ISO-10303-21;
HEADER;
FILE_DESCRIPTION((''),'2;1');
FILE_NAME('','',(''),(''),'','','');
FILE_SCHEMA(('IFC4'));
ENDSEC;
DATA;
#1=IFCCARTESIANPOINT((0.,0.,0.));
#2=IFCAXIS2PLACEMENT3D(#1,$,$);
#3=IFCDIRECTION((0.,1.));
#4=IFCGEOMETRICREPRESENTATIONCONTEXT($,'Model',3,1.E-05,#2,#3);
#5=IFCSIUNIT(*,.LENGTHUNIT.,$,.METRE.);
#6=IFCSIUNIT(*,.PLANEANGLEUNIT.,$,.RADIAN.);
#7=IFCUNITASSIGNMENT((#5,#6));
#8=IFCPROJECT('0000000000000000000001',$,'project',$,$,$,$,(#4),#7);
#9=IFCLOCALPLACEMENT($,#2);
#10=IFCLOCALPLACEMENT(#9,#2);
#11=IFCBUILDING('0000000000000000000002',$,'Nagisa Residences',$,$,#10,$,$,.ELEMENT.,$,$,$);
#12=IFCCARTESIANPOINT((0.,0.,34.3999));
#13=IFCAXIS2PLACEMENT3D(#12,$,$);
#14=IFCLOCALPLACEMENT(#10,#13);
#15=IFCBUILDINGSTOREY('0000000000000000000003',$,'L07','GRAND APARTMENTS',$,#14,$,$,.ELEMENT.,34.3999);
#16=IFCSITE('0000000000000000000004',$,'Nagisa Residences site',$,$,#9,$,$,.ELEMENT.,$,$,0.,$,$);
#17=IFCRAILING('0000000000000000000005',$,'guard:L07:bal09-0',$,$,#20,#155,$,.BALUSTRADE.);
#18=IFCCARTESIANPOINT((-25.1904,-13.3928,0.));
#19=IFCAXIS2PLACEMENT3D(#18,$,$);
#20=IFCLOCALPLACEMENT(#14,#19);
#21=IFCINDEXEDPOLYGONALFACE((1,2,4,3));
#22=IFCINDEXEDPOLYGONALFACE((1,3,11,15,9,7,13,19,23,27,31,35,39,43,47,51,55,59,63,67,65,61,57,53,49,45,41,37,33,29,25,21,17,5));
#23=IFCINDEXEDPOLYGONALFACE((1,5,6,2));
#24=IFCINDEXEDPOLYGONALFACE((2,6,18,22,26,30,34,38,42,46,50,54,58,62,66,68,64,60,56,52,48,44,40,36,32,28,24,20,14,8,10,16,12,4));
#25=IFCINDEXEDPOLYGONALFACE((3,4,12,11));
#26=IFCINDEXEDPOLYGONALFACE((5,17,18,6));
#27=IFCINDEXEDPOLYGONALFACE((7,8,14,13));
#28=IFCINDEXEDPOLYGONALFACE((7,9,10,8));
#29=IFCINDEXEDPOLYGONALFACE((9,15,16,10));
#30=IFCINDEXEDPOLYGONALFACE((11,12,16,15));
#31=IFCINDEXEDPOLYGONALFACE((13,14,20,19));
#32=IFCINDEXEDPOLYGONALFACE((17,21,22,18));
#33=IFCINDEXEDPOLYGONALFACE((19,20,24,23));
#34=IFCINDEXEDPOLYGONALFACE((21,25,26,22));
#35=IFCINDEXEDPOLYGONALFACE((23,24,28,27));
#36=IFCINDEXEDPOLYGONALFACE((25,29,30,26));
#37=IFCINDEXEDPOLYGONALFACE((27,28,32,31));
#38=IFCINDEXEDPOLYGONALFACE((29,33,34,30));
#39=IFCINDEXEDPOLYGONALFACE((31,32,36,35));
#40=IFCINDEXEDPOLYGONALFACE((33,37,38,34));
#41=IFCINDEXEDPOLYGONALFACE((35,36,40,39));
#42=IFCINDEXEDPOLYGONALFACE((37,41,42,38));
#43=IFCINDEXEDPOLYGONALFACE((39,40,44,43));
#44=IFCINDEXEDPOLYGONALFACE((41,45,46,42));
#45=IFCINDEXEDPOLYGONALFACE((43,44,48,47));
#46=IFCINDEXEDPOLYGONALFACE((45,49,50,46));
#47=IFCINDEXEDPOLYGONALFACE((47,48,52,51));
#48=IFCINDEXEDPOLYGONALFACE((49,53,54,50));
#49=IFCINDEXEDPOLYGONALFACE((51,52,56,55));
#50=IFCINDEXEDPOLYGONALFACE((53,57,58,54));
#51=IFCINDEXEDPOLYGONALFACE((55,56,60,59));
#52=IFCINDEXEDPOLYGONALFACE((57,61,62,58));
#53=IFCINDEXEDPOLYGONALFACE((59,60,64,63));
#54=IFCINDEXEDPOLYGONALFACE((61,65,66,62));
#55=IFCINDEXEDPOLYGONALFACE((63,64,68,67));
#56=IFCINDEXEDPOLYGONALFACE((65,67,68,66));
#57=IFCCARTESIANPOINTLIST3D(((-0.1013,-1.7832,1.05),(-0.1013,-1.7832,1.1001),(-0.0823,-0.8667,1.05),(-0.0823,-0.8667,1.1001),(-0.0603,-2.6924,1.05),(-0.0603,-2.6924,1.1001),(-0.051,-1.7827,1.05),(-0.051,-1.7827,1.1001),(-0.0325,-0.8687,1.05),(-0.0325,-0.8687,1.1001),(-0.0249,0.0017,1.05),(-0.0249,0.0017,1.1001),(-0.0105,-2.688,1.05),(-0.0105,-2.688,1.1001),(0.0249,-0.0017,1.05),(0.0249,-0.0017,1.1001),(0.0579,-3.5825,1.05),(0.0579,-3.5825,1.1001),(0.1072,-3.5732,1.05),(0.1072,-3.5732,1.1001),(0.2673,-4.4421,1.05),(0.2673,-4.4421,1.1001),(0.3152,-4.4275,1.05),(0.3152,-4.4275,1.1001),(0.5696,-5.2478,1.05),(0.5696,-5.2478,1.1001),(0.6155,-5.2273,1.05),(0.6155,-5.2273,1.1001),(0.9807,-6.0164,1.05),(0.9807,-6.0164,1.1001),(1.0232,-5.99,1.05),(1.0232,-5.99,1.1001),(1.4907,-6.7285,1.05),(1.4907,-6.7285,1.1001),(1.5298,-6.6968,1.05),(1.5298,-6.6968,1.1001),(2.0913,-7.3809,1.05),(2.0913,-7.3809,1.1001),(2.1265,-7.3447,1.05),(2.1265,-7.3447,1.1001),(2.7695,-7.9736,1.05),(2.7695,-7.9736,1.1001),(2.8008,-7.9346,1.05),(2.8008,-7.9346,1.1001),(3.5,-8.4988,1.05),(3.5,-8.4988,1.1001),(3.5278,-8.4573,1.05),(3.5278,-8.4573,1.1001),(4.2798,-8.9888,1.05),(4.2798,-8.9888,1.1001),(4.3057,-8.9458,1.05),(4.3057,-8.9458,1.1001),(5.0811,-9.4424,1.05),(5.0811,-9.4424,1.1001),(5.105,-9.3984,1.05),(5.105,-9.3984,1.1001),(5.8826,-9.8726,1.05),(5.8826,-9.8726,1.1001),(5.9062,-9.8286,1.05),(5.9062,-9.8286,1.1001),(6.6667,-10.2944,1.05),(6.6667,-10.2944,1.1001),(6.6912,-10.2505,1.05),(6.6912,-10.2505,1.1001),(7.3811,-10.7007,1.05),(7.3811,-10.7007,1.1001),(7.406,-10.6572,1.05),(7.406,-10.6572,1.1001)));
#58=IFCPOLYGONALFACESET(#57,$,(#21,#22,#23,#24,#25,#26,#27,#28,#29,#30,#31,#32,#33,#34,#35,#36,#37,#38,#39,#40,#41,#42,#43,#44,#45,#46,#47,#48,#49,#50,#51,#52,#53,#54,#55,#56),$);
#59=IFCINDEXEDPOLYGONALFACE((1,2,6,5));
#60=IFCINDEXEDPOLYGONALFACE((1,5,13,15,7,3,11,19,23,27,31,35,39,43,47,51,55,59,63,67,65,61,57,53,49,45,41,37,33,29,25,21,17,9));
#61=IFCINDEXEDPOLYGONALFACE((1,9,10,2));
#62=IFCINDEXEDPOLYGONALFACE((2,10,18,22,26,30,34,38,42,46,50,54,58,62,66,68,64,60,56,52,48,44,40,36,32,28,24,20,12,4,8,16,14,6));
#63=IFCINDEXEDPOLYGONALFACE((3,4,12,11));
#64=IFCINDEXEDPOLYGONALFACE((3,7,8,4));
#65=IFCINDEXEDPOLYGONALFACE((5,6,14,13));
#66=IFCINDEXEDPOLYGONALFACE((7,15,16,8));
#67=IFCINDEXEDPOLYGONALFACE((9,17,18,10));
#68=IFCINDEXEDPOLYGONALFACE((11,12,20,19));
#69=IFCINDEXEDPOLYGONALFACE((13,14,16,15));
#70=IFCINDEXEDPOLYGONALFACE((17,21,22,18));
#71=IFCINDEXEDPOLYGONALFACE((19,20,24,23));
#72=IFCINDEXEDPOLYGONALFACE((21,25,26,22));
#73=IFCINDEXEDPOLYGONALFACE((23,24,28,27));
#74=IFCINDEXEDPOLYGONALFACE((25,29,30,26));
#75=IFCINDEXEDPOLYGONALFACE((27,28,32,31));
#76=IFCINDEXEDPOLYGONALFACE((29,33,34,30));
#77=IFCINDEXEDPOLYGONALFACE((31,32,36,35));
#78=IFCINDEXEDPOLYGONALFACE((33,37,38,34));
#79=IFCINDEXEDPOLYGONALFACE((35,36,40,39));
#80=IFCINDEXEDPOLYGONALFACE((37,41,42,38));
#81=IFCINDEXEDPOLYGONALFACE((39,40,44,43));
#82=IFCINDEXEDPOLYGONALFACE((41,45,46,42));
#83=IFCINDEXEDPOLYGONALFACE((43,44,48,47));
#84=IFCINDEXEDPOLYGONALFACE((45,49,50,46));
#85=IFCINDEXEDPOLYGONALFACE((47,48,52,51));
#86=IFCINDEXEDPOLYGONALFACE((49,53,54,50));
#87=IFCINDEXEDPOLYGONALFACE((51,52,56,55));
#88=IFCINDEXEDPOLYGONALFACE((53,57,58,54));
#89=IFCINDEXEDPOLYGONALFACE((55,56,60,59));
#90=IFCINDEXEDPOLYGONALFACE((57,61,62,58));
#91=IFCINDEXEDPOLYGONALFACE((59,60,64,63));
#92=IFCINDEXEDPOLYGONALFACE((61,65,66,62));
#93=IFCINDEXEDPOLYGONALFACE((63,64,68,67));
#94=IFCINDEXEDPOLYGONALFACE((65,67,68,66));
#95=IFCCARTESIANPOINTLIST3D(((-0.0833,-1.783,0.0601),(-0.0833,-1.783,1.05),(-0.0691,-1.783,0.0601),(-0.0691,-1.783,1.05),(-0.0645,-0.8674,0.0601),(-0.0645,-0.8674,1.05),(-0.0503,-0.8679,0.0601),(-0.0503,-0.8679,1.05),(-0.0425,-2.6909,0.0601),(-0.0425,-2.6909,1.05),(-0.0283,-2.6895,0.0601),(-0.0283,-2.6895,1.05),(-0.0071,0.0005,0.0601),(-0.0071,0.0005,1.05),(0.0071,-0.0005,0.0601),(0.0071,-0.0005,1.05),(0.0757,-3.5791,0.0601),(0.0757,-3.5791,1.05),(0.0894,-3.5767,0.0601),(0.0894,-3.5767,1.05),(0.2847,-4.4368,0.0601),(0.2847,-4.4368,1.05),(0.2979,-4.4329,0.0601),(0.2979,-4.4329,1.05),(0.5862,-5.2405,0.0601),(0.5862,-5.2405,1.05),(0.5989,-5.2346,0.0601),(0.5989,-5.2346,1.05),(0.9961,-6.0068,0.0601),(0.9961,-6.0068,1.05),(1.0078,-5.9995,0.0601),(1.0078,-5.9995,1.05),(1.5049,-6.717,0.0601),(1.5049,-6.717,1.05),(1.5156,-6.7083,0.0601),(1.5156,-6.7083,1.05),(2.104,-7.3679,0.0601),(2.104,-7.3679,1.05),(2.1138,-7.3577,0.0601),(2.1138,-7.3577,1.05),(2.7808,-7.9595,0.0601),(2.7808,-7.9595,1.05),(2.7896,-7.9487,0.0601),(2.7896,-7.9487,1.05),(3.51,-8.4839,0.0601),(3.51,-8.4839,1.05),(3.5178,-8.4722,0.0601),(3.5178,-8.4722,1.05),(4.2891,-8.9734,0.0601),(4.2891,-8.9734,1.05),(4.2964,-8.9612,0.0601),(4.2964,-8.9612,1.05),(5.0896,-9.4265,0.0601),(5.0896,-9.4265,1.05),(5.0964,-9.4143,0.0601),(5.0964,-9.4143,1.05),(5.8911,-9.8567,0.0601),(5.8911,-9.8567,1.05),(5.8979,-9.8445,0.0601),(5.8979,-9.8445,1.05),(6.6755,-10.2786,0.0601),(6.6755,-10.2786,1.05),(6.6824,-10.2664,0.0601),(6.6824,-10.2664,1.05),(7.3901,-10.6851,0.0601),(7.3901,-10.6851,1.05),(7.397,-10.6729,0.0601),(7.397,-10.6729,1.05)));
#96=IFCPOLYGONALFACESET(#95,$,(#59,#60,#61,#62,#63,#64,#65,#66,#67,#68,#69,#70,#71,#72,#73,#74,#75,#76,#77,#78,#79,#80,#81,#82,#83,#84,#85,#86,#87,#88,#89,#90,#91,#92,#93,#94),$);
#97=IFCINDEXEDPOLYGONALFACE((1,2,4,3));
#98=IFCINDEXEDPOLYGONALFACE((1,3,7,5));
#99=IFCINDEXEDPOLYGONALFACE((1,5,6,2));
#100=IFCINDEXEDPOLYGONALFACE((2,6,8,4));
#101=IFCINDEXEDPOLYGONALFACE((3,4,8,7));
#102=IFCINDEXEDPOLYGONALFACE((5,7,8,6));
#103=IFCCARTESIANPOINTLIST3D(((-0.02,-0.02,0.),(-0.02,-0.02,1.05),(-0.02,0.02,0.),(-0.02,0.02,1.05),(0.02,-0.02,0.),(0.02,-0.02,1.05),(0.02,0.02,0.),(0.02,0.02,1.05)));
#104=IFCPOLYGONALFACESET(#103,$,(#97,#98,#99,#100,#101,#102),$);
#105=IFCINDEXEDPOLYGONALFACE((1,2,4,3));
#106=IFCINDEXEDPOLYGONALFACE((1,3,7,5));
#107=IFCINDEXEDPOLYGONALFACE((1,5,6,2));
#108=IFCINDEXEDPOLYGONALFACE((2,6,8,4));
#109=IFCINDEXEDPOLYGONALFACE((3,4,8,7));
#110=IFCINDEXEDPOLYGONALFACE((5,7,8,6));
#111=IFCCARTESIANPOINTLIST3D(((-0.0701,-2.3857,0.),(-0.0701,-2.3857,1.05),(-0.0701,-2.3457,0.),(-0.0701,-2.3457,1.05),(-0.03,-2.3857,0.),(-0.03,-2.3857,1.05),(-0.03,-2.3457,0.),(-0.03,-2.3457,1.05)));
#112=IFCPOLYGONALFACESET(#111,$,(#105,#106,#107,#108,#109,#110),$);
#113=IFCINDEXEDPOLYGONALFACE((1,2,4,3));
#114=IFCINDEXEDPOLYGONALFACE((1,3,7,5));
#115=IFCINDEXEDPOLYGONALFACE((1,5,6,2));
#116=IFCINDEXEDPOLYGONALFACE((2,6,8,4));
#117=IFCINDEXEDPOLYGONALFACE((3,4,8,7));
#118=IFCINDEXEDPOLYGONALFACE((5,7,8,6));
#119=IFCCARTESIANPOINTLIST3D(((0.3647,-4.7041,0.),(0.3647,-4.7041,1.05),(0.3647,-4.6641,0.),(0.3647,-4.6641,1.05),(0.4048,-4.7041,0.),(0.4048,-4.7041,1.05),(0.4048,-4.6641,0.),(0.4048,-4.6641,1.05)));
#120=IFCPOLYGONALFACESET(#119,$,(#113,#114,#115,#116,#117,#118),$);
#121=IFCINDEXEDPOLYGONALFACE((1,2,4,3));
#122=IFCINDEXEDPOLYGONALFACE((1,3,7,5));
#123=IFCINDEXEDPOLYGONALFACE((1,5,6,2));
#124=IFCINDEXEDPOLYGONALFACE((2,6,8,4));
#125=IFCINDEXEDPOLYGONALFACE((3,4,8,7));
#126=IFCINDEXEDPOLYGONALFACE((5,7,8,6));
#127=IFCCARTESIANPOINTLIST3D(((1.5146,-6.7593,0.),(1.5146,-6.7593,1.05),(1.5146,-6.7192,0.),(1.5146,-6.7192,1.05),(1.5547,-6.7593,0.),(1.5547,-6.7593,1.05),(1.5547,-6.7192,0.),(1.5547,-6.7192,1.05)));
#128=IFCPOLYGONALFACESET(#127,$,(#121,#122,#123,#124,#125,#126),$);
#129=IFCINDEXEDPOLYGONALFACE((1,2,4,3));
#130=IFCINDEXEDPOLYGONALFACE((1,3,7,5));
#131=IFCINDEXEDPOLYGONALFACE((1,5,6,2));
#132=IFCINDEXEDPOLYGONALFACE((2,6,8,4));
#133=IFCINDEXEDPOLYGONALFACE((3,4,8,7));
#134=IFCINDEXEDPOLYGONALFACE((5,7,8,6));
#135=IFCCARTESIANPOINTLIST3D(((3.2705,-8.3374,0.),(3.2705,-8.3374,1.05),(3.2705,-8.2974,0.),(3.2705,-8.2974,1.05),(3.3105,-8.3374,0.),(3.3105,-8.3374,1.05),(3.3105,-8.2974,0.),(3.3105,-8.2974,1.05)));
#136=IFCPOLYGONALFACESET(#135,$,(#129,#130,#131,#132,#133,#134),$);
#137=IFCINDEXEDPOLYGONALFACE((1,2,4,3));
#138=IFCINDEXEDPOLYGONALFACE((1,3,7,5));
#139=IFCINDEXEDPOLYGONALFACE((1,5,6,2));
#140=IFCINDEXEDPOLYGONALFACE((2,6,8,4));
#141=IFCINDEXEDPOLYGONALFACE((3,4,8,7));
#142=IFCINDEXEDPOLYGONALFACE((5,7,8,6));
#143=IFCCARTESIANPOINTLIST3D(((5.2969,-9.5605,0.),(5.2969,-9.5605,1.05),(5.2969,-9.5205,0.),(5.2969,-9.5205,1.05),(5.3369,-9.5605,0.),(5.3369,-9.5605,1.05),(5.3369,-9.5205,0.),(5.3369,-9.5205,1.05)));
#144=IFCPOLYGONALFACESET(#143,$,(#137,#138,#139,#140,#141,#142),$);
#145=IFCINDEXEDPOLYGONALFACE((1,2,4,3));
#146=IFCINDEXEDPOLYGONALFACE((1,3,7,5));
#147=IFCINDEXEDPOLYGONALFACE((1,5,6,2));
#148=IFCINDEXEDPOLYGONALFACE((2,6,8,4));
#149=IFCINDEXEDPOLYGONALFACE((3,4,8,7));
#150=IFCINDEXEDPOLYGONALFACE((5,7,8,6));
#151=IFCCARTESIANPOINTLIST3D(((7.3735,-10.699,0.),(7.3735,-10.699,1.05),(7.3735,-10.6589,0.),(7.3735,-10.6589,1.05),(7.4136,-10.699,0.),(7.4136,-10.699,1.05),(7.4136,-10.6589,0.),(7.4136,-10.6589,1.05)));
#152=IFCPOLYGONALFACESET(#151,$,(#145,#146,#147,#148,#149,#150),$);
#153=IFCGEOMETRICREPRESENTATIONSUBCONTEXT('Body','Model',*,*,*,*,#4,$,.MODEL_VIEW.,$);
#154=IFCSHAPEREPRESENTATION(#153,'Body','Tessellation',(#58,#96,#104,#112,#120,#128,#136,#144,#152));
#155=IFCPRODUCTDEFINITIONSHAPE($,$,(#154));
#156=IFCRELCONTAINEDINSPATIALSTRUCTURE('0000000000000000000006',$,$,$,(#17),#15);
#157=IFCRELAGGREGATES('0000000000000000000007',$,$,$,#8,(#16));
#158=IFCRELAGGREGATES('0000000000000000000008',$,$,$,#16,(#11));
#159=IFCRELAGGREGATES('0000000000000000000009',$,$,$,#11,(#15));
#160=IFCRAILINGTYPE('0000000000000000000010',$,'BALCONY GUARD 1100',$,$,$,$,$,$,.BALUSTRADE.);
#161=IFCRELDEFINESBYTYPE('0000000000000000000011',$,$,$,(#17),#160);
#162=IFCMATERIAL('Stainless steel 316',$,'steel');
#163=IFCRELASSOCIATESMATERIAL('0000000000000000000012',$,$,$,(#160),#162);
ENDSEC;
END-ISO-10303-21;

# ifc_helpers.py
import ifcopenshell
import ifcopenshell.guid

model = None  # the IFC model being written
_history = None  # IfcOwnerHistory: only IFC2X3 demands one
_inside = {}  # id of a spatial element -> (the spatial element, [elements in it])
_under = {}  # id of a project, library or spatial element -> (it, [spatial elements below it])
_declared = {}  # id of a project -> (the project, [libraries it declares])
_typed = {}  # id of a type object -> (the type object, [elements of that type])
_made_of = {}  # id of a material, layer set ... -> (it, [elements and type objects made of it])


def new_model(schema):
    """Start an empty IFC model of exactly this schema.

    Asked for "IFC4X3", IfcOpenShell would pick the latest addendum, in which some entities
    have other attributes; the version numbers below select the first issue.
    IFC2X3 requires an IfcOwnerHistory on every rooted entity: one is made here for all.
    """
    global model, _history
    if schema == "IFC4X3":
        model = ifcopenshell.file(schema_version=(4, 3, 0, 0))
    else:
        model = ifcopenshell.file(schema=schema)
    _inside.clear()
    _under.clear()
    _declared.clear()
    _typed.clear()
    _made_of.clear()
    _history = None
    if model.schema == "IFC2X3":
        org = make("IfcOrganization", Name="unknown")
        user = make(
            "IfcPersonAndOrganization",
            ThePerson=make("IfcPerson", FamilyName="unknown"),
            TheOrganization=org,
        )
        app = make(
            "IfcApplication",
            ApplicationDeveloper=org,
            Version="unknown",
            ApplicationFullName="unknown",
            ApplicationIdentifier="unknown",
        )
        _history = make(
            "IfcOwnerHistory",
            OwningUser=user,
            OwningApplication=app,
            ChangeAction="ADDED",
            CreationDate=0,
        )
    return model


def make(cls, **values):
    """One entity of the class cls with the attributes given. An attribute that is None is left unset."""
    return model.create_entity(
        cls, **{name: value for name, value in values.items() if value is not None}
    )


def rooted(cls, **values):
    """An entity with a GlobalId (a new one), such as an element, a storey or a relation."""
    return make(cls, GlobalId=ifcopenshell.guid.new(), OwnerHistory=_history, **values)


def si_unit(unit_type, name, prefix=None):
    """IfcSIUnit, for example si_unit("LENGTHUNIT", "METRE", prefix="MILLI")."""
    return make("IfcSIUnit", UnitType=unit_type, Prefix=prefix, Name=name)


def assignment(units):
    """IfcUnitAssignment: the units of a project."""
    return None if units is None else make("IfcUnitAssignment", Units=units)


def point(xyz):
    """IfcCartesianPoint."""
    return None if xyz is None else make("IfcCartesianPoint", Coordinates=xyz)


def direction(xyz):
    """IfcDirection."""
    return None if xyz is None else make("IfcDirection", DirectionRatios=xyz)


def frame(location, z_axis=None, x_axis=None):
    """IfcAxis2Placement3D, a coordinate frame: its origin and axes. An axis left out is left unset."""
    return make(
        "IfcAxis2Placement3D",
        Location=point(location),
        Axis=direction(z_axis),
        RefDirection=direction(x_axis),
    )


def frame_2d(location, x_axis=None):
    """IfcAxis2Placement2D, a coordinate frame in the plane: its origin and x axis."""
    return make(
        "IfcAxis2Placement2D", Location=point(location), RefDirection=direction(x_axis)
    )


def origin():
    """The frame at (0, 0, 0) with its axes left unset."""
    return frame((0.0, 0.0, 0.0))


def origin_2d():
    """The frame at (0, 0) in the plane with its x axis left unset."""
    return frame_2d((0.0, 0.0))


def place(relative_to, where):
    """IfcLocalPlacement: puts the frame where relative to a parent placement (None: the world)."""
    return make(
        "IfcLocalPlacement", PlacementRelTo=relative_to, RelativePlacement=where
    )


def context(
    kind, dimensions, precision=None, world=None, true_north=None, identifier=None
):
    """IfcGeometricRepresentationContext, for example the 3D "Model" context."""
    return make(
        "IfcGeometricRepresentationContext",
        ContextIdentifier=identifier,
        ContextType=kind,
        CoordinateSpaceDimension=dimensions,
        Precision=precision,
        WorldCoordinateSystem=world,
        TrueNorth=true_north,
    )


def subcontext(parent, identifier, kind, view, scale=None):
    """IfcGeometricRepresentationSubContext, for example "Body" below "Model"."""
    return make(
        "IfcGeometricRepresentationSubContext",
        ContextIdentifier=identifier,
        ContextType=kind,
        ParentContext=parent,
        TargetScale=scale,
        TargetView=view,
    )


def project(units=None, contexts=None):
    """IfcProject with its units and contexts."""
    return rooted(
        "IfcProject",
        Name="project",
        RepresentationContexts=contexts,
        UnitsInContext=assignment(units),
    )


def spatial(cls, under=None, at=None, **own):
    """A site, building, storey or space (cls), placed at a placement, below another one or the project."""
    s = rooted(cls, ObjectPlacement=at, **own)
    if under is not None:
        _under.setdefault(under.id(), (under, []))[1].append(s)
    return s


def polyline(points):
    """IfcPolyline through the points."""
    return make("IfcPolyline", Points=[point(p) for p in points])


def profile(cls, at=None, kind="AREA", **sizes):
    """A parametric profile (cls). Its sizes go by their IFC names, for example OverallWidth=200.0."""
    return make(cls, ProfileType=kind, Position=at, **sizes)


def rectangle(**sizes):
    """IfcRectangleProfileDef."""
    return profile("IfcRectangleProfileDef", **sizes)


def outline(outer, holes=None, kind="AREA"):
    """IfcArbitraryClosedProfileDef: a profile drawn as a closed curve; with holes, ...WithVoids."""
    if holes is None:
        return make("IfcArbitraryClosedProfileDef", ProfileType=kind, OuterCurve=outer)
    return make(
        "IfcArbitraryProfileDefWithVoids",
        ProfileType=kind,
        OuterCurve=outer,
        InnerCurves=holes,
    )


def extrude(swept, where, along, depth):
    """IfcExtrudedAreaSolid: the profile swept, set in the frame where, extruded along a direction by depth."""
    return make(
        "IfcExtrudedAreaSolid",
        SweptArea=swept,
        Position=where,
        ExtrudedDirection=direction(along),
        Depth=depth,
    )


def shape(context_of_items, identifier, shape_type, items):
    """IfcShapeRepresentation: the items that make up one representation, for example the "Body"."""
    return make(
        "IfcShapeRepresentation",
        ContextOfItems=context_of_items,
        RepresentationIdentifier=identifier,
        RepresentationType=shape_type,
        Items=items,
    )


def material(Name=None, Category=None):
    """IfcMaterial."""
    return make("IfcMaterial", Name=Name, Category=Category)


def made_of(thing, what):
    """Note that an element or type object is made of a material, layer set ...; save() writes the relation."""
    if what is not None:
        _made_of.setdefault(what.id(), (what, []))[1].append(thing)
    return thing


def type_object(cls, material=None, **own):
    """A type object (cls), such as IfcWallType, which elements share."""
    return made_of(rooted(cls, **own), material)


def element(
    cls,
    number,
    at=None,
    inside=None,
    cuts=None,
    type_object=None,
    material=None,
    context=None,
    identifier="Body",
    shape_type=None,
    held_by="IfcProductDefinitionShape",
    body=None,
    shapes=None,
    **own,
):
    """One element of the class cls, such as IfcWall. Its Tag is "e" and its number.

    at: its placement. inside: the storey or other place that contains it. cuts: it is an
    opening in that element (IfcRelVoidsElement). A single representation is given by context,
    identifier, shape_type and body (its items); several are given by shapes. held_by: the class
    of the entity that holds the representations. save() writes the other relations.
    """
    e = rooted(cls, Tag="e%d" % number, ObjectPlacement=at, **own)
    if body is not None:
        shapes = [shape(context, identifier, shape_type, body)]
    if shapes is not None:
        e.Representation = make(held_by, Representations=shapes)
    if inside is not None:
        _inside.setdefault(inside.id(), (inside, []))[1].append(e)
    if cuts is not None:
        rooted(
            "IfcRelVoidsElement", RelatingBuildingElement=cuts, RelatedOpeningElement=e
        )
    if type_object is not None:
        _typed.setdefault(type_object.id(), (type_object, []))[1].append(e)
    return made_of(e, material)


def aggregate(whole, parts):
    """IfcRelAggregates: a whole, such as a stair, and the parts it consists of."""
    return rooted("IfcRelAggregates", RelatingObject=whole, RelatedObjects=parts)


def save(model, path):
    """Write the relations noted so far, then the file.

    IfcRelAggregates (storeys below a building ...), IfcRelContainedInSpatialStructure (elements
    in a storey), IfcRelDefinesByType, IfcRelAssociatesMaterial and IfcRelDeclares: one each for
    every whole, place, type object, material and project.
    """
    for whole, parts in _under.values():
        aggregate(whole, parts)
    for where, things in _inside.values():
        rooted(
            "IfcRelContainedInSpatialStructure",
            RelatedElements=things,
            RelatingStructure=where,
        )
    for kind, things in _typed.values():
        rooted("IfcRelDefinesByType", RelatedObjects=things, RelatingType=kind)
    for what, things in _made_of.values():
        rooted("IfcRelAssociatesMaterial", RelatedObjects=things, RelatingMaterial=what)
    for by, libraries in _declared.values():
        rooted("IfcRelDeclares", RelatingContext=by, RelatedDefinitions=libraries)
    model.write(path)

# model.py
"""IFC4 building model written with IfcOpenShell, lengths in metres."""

from ifc_helpers import new_model, si_unit, direction, frame, origin, origin_2d, place, context, subcontext, project, spatial, polyline, rectangle, outline, extrude, material, type_object, element, save


model = new_model("IFC4")

# Units and contexts
model_context = context("Model", 3, precision=1e-05, world=origin(), true_north=direction((0.0, 1.0)))
body_context = subcontext(model_context, "Body", "Model", "MODEL_VIEW")
ifc_project = project(units=[si_unit("LENGTHUNIT", "METRE"), si_unit("PLANEANGLEUNIT", "RADIAN")], contexts=[model_context])

# Site, building, storey
site_placement = place(None, origin())
site = spatial("IfcSite", under=ifc_project, at=site_placement, Name="Nagisa Residences site", CompositionType="ELEMENT", RefElevation=0.0)
building_placement = place(site_placement, origin())
building = spatial("IfcBuilding", under=site, at=building_placement, Name="Nagisa Residences", CompositionType="ELEMENT")
storey_placement = place(building_placement, frame((0.0, 0.0, 34.3999)))
storey = spatial("IfcBuildingStorey", under=building, at=storey_placement, Name="L07", Description="GRAND APARTMENTS", CompositionType="ELEMENT", Elevation=34.3999)

# Railing
ifc_material_1 = material(Name="Stainless steel 316", Category="steel")
railing_type = type_object("IfcRailingType", Name="BALCONY GUARD 1100", PredefinedType="BALUSTRADE", material=ifc_material_1)
railing_1_placement = place(storey_placement, frame((-25.1904, -13.3928, 0.0)))
element("IfcRailing", 1, at=railing_1_placement, inside=storey, type_object=railing_type, Name="guard:L07:bal09-0", PredefinedType="BALUSTRADE", context=body_context, shape_type="SweptSolid", body=[
    extrude(outline(polyline([(-0.0325, -0.8687), (0.0249, -0.0017), (-0.0249, 0.0017), (-0.0823, -0.8667), (-0.1013, -1.7832), (-0.0603, -2.6924), (0.0579, -3.5825), (0.2673, -4.4421), (0.5696, -5.2478), (0.9807, -6.0164), (1.4907, -6.7285), (2.0913, -7.3809), (2.7695, -7.9736), (3.5, -8.4988), (4.2798, -8.9888), (5.0811, -9.4424), (5.8826, -9.8726), (6.6667, -10.2944), (7.3811, -10.7007), (7.406, -10.6572), (6.6912, -10.2505), (5.9062, -9.8286), (5.105, -9.3984), (4.3057, -8.9458), (3.5278, -8.4573), (2.8008, -7.9346), (2.1265, -7.3447), (1.5298, -6.6968), (1.0232, -5.99), (0.6155, -5.2273), (0.3152, -4.4275), (0.1072, -3.5732), (-0.0105, -2.688), (-0.051, -1.7827), (-0.0325, -0.8687)])), frame((0.0, 0.0, 1.05)), (0.0, 0.0, 1.0), 0.05),
    extrude(outline(polyline([(-0.0503, -0.8679), (0.0071, -0.0005), (-0.0071, 0.0005), (-0.0645, -0.8674), (-0.0833, -1.783), (-0.0425, -2.6909), (0.0757, -3.5791), (0.2847, -4.4368), (0.5862, -5.2405), (0.9961, -6.0068), (1.5049, -6.717), (2.104, -7.3679), (2.7808, -7.9595), (3.51, -8.4839), (4.2891, -8.9734), (5.0896, -9.4265), (5.8911, -9.8567), (6.6755, -10.2786), (7.3901, -10.6851), (7.397, -10.6729), (6.6824, -10.2664), (5.8979, -9.8445), (5.0964, -9.4143), (4.2964, -8.9612), (3.5178, -8.4722), (2.7896, -7.9487), (2.1138, -7.3577), (1.5156, -6.7083), (1.0078, -5.9995), (0.5989, -5.2346), (0.2979, -4.4329), (0.0894, -3.5767), (-0.0283, -2.6895), (-0.0691, -1.783), (-0.0503, -0.8679)])), frame((0.0, 0.0, 0.0601)), (0.0, 0.0, 1.0), 0.99),
    extrude(rectangle(XDim=0.04, YDim=0.04, at=origin_2d()), origin(), (0.0, 0.0, 1.0), 1.05),
    extrude(rectangle(XDim=0.04, YDim=0.04, at=origin_2d()), frame((-0.05, -2.3657, 0.0)), (0.0, 0.0, 1.0), 1.05),
    extrude(rectangle(XDim=0.04, YDim=0.04, at=origin_2d()), frame((0.3848, -4.6841, 0.0)), (0.0, 0.0, 1.0), 1.05),
    extrude(rectangle(XDim=0.04, YDim=0.04, at=origin_2d()), frame((1.5347, -6.7393, 0.0)), (0.0, 0.0, 1.0), 1.05),
    extrude(rectangle(XDim=0.04, YDim=0.04, at=origin_2d()), frame((3.2905, -8.3174, 0.0)), (0.0, 0.0, 1.0), 1.05),
    extrude(rectangle(XDim=0.04, YDim=0.04, at=origin_2d()), frame((5.3169, -9.5405, 0.0)), (0.0, 0.0, 1.0), 1.05),
    extrude(rectangle(XDim=0.04, YDim=0.04, at=origin_2d()), frame((7.3936, -10.679, 0.0)), (0.0, 0.0, 1.0), 1.05),
])

save(model, "model.ifc")
